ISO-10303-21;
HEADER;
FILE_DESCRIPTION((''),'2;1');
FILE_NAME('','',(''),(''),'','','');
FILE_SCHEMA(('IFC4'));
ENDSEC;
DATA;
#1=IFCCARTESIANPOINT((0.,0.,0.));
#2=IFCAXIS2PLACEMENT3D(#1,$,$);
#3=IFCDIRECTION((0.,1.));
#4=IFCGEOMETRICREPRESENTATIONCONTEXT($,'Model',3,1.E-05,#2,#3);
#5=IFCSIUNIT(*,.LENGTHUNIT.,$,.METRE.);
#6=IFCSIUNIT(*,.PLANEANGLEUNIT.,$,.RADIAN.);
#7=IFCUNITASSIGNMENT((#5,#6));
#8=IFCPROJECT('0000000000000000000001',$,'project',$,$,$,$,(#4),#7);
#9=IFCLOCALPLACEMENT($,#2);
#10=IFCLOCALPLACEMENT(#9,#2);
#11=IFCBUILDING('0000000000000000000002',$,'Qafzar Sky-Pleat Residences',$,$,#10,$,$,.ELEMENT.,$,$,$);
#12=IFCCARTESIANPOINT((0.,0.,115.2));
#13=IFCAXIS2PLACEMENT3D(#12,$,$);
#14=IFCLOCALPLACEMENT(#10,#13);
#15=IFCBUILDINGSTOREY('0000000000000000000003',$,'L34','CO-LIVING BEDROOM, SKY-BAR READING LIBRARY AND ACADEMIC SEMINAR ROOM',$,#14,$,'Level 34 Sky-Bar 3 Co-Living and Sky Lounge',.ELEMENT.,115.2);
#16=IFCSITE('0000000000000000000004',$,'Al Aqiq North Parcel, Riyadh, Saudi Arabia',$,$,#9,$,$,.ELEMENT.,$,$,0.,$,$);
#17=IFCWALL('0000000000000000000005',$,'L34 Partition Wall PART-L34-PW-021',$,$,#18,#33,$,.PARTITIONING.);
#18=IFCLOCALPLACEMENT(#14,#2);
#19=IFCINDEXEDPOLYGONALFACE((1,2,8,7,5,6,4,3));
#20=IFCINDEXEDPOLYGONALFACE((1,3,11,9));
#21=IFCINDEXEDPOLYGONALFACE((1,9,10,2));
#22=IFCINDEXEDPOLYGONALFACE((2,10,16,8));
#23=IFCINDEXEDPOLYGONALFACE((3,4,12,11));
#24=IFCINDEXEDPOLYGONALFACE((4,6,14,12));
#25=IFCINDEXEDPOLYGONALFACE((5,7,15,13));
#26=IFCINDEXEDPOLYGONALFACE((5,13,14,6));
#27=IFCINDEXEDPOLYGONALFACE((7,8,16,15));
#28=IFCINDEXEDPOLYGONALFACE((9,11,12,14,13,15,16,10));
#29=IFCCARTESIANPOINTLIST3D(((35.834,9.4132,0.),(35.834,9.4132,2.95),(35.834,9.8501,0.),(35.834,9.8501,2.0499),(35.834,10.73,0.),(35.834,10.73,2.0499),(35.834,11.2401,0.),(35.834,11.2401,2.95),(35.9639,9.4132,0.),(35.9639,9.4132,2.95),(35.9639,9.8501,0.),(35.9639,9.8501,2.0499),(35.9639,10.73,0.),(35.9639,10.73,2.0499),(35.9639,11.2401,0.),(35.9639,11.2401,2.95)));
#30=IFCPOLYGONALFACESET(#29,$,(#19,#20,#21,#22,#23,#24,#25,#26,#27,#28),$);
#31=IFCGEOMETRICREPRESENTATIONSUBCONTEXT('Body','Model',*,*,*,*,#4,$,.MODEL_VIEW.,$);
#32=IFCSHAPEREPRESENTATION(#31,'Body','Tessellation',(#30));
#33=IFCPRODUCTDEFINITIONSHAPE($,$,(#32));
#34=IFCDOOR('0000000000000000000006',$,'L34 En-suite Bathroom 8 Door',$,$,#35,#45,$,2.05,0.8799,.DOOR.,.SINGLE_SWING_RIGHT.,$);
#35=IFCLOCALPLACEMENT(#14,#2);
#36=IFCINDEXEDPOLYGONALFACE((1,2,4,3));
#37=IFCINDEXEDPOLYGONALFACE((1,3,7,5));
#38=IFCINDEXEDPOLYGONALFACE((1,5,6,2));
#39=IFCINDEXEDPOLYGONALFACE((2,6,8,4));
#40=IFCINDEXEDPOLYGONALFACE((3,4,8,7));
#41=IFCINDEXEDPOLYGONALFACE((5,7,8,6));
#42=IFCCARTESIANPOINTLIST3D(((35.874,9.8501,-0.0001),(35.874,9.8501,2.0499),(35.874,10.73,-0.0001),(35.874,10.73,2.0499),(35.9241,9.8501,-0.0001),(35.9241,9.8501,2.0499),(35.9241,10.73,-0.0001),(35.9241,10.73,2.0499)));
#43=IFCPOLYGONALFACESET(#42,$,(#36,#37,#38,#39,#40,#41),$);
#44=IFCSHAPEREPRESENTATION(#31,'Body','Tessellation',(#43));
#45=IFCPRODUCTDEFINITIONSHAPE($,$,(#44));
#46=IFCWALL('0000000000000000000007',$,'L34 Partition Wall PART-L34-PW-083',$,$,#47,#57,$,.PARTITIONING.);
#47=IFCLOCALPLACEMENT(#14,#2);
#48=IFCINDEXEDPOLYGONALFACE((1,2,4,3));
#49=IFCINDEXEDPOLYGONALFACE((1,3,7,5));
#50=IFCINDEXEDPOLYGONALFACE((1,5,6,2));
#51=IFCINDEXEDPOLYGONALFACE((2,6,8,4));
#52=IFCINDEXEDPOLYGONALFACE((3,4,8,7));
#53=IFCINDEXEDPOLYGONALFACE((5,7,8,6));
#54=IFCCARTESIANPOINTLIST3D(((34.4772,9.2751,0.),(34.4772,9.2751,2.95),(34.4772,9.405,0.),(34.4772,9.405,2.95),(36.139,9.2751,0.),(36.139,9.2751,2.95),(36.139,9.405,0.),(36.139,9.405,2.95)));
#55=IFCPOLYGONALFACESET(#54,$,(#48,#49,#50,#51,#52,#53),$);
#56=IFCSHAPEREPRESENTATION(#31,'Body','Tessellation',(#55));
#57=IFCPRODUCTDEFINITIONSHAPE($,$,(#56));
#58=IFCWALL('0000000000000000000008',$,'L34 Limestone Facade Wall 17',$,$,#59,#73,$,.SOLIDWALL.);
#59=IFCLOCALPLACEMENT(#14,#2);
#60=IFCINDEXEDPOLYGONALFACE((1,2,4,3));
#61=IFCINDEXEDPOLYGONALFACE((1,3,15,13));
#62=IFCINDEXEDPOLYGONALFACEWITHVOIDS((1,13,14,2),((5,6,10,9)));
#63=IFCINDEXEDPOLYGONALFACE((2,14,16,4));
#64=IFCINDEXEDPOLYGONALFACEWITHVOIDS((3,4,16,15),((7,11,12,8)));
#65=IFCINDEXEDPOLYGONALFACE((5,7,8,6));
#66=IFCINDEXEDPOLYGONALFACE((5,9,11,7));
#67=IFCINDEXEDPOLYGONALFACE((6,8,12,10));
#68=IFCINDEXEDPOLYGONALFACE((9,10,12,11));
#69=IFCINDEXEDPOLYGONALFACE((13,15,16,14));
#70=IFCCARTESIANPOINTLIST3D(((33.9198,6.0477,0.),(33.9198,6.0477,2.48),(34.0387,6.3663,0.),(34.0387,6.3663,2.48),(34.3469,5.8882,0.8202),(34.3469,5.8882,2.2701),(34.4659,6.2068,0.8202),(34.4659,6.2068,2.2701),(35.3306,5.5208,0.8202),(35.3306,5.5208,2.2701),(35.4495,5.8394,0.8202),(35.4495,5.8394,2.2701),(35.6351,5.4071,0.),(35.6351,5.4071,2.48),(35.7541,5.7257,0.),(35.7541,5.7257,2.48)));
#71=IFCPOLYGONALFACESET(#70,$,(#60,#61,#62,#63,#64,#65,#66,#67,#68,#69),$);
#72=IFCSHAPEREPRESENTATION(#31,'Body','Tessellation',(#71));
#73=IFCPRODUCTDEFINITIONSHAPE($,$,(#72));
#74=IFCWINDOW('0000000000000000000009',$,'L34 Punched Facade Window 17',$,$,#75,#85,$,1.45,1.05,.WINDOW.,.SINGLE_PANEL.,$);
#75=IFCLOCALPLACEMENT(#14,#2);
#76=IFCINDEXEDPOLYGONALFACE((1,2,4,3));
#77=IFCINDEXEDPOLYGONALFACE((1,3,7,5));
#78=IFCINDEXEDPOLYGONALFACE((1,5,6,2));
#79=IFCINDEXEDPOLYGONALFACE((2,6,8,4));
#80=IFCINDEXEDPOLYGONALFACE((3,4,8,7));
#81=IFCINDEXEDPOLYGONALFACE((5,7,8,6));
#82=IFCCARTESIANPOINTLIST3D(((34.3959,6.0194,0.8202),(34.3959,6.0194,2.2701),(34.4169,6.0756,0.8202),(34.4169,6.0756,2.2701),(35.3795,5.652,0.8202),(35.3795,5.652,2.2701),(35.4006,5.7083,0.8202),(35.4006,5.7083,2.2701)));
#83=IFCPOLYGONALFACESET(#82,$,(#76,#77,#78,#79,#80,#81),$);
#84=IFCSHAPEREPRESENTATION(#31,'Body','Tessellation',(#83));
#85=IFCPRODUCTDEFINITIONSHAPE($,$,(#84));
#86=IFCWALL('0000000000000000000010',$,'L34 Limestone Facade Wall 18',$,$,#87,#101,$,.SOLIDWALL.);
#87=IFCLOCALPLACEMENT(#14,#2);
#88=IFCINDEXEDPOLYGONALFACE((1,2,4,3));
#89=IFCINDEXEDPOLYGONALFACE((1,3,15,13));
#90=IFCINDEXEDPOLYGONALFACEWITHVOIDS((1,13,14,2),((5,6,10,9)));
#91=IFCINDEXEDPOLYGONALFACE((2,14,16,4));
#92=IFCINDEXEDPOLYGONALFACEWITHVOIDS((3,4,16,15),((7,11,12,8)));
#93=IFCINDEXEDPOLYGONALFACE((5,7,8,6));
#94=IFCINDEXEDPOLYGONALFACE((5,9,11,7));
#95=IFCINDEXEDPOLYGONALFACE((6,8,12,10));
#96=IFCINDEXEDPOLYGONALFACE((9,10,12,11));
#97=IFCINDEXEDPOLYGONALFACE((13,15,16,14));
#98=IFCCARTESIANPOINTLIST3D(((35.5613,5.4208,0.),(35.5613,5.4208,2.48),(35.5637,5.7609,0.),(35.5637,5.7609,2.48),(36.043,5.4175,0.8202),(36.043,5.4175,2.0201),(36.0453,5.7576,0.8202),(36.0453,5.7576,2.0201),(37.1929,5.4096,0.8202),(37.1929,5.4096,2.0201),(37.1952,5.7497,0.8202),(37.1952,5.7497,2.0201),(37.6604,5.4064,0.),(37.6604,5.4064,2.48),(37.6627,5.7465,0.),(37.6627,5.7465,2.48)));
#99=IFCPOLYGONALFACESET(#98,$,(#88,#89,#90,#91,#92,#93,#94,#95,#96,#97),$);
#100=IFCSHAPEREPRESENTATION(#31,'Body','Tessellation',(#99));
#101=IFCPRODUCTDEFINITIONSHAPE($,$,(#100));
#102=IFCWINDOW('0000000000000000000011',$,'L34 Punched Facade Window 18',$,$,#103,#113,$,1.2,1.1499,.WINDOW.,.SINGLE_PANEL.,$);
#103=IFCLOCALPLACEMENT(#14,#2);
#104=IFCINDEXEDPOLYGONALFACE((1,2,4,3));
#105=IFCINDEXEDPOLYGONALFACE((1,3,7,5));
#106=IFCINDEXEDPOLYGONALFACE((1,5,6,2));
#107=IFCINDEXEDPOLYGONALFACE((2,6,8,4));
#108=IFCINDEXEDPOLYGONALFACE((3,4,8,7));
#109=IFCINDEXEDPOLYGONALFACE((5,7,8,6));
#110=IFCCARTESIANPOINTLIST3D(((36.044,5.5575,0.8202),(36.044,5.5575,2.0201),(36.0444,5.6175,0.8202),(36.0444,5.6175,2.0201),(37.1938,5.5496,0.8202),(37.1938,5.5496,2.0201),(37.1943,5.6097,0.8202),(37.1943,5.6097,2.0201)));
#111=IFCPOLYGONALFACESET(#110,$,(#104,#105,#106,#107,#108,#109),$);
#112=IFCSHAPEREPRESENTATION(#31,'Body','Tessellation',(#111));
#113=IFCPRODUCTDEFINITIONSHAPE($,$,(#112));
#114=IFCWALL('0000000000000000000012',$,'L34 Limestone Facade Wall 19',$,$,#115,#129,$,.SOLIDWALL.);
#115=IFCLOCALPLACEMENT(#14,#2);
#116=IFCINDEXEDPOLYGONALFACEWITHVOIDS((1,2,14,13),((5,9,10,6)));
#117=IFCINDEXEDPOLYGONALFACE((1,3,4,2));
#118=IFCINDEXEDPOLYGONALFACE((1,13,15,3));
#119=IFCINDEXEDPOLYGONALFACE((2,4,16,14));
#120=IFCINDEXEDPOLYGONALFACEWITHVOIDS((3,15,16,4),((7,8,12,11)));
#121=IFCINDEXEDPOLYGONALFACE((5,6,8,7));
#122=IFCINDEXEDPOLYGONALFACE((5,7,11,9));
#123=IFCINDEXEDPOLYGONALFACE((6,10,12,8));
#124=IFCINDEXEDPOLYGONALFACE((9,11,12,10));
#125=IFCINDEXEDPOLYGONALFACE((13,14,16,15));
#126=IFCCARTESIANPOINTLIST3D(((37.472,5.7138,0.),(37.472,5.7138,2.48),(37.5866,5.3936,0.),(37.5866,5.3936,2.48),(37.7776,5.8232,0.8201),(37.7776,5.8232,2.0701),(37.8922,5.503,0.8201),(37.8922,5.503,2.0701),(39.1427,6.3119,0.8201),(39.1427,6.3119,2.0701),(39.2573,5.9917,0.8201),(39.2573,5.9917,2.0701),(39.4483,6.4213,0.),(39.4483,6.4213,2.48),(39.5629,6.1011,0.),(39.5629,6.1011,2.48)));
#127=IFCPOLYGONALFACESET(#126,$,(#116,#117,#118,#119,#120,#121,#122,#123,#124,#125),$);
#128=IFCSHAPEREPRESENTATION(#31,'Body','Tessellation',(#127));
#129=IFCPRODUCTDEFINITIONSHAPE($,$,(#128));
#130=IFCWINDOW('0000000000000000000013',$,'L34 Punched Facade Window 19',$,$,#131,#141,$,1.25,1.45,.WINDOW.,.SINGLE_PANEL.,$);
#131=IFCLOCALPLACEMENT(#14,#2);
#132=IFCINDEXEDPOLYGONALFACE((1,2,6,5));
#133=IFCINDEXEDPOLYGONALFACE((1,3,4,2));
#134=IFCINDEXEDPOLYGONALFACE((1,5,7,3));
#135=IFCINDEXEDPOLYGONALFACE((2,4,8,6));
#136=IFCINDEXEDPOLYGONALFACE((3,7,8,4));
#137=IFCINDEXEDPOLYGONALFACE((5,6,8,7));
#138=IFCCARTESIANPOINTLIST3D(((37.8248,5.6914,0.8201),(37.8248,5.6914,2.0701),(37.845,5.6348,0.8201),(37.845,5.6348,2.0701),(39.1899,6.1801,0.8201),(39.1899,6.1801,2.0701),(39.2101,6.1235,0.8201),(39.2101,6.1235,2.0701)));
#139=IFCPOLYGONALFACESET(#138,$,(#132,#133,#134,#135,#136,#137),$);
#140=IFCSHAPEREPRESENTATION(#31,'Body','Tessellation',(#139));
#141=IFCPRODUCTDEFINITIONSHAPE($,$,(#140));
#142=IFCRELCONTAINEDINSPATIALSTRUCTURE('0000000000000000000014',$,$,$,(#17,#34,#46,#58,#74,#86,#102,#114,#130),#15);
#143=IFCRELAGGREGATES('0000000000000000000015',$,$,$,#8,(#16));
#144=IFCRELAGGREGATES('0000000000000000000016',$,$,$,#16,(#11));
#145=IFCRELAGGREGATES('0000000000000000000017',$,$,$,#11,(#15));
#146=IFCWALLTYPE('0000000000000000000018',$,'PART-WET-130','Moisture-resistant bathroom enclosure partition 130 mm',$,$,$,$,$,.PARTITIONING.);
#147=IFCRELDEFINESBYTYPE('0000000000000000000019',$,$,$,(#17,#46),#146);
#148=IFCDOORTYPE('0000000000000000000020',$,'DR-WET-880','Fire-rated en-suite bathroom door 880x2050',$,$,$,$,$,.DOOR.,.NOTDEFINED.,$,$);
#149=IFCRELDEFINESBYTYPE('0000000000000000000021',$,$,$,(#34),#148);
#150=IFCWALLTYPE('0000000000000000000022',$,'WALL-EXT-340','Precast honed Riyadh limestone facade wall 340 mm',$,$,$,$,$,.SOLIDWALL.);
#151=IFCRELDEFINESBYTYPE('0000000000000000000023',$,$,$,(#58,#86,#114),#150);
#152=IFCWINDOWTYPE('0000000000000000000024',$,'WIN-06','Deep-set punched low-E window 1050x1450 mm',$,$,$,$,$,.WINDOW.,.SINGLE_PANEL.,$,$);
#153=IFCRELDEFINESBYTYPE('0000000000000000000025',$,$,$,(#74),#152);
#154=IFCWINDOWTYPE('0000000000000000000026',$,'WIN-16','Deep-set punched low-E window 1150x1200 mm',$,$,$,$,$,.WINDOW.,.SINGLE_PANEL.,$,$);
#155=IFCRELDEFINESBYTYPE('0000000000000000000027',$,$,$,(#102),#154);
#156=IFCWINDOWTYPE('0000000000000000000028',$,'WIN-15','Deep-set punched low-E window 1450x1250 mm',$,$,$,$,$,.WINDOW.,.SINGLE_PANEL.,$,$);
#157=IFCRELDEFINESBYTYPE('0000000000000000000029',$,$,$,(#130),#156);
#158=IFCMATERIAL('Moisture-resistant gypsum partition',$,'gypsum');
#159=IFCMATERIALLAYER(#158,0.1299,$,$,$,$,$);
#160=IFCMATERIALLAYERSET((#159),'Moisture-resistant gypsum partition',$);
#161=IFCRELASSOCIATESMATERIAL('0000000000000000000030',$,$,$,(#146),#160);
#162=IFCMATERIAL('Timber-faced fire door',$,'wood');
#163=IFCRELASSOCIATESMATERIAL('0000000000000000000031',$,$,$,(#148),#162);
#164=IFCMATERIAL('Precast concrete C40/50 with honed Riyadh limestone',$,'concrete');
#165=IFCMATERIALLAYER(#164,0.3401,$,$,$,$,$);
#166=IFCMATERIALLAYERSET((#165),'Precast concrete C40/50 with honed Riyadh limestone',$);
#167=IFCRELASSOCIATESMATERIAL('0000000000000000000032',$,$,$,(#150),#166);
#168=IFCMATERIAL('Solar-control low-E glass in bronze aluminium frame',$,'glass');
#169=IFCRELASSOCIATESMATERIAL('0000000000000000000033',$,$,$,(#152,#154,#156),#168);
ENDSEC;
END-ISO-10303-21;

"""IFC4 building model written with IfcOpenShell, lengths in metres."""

from ifc_helpers import new_model, si_unit, direction, frame, frame_2d, origin, place, context, subcontext, project, spatial, rectangle, extrude, source, transform, mapped, material, layer, layer_set, type_object, element, fill, save


model = new_model("IFC4")

# Units and contexts
model_context = context("Model", 3, precision=1e-05, world=origin(), true_north=direction((0.0, 1.0)))
body_context = subcontext(model_context, "Body", "Model", "MODEL_VIEW")
ifc_project = project(units=[si_unit("LENGTHUNIT", "METRE"), si_unit("PLANEANGLEUNIT", "RADIAN")], contexts=[model_context])

# Site, building, storey
site_placement = place(None, origin())
site = spatial("IfcSite", under=ifc_project, at=site_placement, Name="Al Aqiq North Parcel, Riyadh, Saudi Arabia", CompositionType="ELEMENT", RefElevation=0.0)
building_placement = place(site_placement, origin())
building = spatial("IfcBuilding", under=site, at=building_placement, Name="Qafzar Sky-Pleat Residences", CompositionType="ELEMENT")
storey_placement = place(building_placement, frame((0.0, 0.0, 115.2)))
storey = spatial("IfcBuildingStorey", under=building, at=storey_placement, Name="L34", Description="CO-LIVING BEDROOM, SKY-BAR READING LIBRARY AND ACADEMIC SEMINAR ROOM", LongName="Level 34 Sky-Bar 3 Co-Living and Sky Lounge", CompositionType="ELEMENT", Elevation=115.2)

# Wall, opening, door
ifc_material_1 = material(Name="Moisture-resistant gypsum partition", Category="gypsum")
ifc_layer_1 = layer(ifc_material_1, 0.1299)
ifc_layer_set_1 = layer_set([ifc_layer_1], Name="Moisture-resistant gypsum partition")
wall_type_1 = type_object("IfcWallType", Name="PART-WET-130", Description="Moisture-resistant bathroom enclosure partition 130 mm", PredefinedType="PARTITIONING", material=ifc_layer_set_1)
wall_1_placement = place(storey_placement, frame((35.8989, 9.4131, 0.0), z_axis=(0.0, 0.0, 1.0), x_axis=(0.0, 1.0, 0.0)))
wall_1 = element("IfcWall", 1, at=wall_1_placement, inside=storey, type_object=wall_type_1, Name="L34 Partition Wall PART-L34-PW-021", PredefinedType="PARTITIONING", context=body_context, shape_type="SweptSolid", body=[
    extrude(rectangle(XDim=1.8269, YDim=0.1299, at=frame_2d((0.9136, 0.0))), origin(), (0.0, 0.0, 1.0), 2.95),
])
opening_1_placement = place(wall_1_placement, frame((0.437, 0.0, 0.0)))
opening_1 = element("IfcOpeningElement", 2, at=opening_1_placement, cuts=wall_1, PredefinedType="OPENING", context=body_context, shape_type="SweptSolid", body=[
    extrude(rectangle(XDim=0.8799, YDim=2.05, at=frame_2d((0.4399, 1.0249))), frame((0.0, 0.075, 0.0), z_axis=(0.0, -1.0, 0.0), x_axis=(1.0, 0.0, 0.0)), (0.0, 0.0, 1.0), 0.1499),
])
ifc_material_2 = material(Name="Timber-faced fire door", Category="wood")
door_type = type_object("IfcDoorType", Name="DR-WET-880", Description="Fire-rated en-suite bathroom door 880x2050", OperationType="NOTDEFINED", PredefinedType="DOOR", material=ifc_material_2)
shared_shape_1 = source(origin(), body_context, "Body", "SweptSolid", [
    extrude(rectangle(XDim=0.8799, YDim=2.05, at=frame_2d((0.4399, 1.0249))), frame((0.0, 0.0249, 0.0), z_axis=(0.0, -1.0, 0.0), x_axis=(1.0, 0.0, 0.0)), (0.0, 0.0, 1.0), 0.05),
])
door_placement = place(opening_1_placement, origin())
door = element("IfcDoor", 3, at=door_placement, inside=storey, type_object=door_type, Name="L34 En-suite Bathroom 8 Door", OperationType="SINGLE_SWING_RIGHT", OverallHeight=2.05, OverallWidth=0.8799, PredefinedType="DOOR", context=body_context, shape_type="MappedRepresentation", body=[
    mapped(shared_shape_1, transform((0.0, 0.0, 0.0), x_axis=(1.0, 0.0, 0.0), y_axis=(0.0, 1.0, 0.0), z_axis=(0.0, 0.0, 1.0), scale=1.0)),
])
fill(opening_1, door)

# Wall
wall_2_placement = place(storey_placement, frame((34.4771, 9.3401, 0.0), z_axis=(0.0, 0.0, 1.0), x_axis=(1.0, 0.0, 0.0)))
element("IfcWall", 4, at=wall_2_placement, inside=storey, type_object=wall_type_1, Name="L34 Partition Wall PART-L34-PW-083", PredefinedType="PARTITIONING", context=body_context, shape_type="SweptSolid", body=[
    extrude(rectangle(XDim=1.6619, YDim=0.1299, at=frame_2d((0.8311, 0.0))), origin(), (0.0, 0.0, 1.0), 2.95),
])

# Walls, openings, windows
ifc_material_3 = material(Name="Precast concrete C40/50 with honed Riyadh limestone", Category="concrete")
ifc_layer_2 = layer(ifc_material_3, 0.3401)
ifc_layer_set_2 = layer_set([ifc_layer_2], Name="Precast concrete C40/50 with honed Riyadh limestone")
wall_type_2 = type_object("IfcWallType", Name="WALL-EXT-340", Description="Precast honed Riyadh limestone facade wall 340 mm", PredefinedType="SOLIDWALL", material=ifc_layer_set_2)
wall_3_placement = place(storey_placement, frame((33.9792, 6.207, 0.0), z_axis=(0.0, 0.0, 1.0), x_axis=(0.9368, -0.349867, 0.0)))
wall_3 = element("IfcWall", 5, at=wall_3_placement, inside=storey, type_object=wall_type_2, Name="L34 Limestone Facade Wall 17", PredefinedType="SOLIDWALL", context=body_context, shape_type="SweptSolid", body=[
    extrude(rectangle(XDim=1.8311, YDim=0.3401, at=frame_2d((0.9155, 0.0))), origin(), (0.0, 0.0, 1.0), 2.48),
])
opening_2_placement = place(wall_3_placement, frame((0.4561, 0.0, 0.8201)))
opening_2 = element("IfcOpeningElement", 6, at=opening_2_placement, cuts=wall_3, PredefinedType="OPENING", context=body_context, shape_type="SweptSolid", body=[
    extrude(rectangle(XDim=1.05, YDim=1.45, at=frame_2d((0.5249, 0.7251))), frame((0.0, 0.1802, 0.0), z_axis=(0.0, -1.0, 0.0), x_axis=(1.0, 0.0, 0.0)), (0.0, 0.0, 1.0), 0.3601),
])
ifc_material_4 = material(Name="Solar-control low-E glass in bronze aluminium frame", Category="glass")
window_type_1 = type_object("IfcWindowType", Name="WIN-06", Description="Deep-set punched low-E window 1050x1450 mm", PartitioningType="SINGLE_PANEL", PredefinedType="WINDOW", material=ifc_material_4)
shared_shape_2 = source(origin(), body_context, "Body", "SweptSolid", [
    extrude(rectangle(XDim=1.05, YDim=1.45, at=frame_2d((0.5249, 0.7251))), frame((0.0, 0.03, 0.0), z_axis=(0.0, -1.0, 0.0), x_axis=(1.0, 0.0, 0.0)), (0.0, 0.0, 1.0), 0.0601),
])
window_1_placement = place(opening_2_placement, origin())
window_1 = element("IfcWindow", 7, at=window_1_placement, inside=storey, type_object=window_type_1, Name="L34 Punched Facade Window 17", OverallHeight=1.45, OverallWidth=1.05, PartitioningType="SINGLE_PANEL", PredefinedType="WINDOW", context=body_context, shape_type="MappedRepresentation", body=[
    mapped(shared_shape_2, transform((0.0, 0.0, 0.0), x_axis=(1.0, 0.0, 0.0), y_axis=(0.0, 1.0, 0.0), z_axis=(0.0, 0.0, 1.0), scale=1.0)),
])
fill(opening_2, window_1)
wall_4_placement = place(storey_placement, frame((35.5625, 5.5908, 0.0), z_axis=(0.0, 0.0, 1.0), x_axis=(0.999976, -0.006862, 0.0)))
wall_4 = element("IfcWall", 8, at=wall_4_placement, inside=storey, type_object=wall_type_2, Name="L34 Limestone Facade Wall 18", PredefinedType="SOLIDWALL", context=body_context, shape_type="SweptSolid", body=[
    extrude(rectangle(XDim=2.0991, YDim=0.3401, at=frame_2d((1.0496, 0.0))), origin(), (0.0, 0.0, 1.0), 2.48),
])
opening_3_placement = place(wall_4_placement, frame((0.4817, 0.0, 0.8201)))
opening_3 = element("IfcOpeningElement", 9, at=opening_3_placement, cuts=wall_4, PredefinedType="OPENING", context=body_context, shape_type="SweptSolid", body=[
    extrude(rectangle(XDim=1.1499, YDim=1.2, at=frame_2d((0.575, 0.6001))), frame((0.0, 0.1802, 0.0), z_axis=(0.0, -1.0, 0.0), x_axis=(1.0, 0.0, 0.0)), (0.0, 0.0, 1.0), 0.3601),
])
window_type_2 = type_object("IfcWindowType", Name="WIN-16", Description="Deep-set punched low-E window 1150x1200 mm", PartitioningType="SINGLE_PANEL", PredefinedType="WINDOW", material=ifc_material_4)
shared_shape_3 = source(origin(), body_context, "Body", "SweptSolid", [
    extrude(rectangle(XDim=1.1499, YDim=1.2, at=frame_2d((0.575, 0.6001))), frame((0.0, 0.03, 0.0), z_axis=(0.0, -1.0, 0.0), x_axis=(1.0, 0.0, 0.0)), (0.0, 0.0, 1.0), 0.0601),
])
window_2_placement = place(opening_3_placement, origin())
window_2 = element("IfcWindow", 10, at=window_2_placement, inside=storey, type_object=window_type_2, Name="L34 Punched Facade Window 18", OverallHeight=1.2, OverallWidth=1.1499, PartitioningType="SINGLE_PANEL", PredefinedType="WINDOW", context=body_context, shape_type="MappedRepresentation", body=[
    mapped(shared_shape_3, transform((0.0, 0.0, 0.0), x_axis=(1.0, 0.0, 0.0), y_axis=(0.0, 1.0, 0.0), z_axis=(0.0, 0.0, 1.0), scale=1.0)),
])
fill(opening_3, window_2)
wall_5_placement = place(storey_placement, frame((37.5293, 5.5537, 0.0), z_axis=(0.0, 0.0, 1.0), x_axis=(0.941486, 0.337051, 0.0)))
wall_5 = element("IfcWall", 11, at=wall_5_placement, inside=storey, type_object=wall_type_2, Name="L34 Limestone Facade Wall 19", PredefinedType="SOLIDWALL", context=body_context, shape_type="SweptSolid", body=[
    extrude(rectangle(XDim=2.0991, YDim=0.3401, at=frame_2d((1.0496, 0.0))), origin(), (0.0, 0.0, 1.0), 2.48),
])
opening_4_placement = place(wall_5_placement, frame((0.3245, 0.0, 0.8201)))
opening_4 = element("IfcOpeningElement", 12, at=opening_4_placement, cuts=wall_5, PredefinedType="OPENING", context=body_context, shape_type="SweptSolid", body=[
    extrude(rectangle(XDim=1.45, YDim=1.25, at=frame_2d((0.7251, 0.625))), frame((0.0, 0.1802, 0.0), z_axis=(0.0, -1.0, 0.0), x_axis=(1.0, 0.0, 0.0)), (0.0, 0.0, 1.0), 0.3601),
])
window_type_3 = type_object("IfcWindowType", Name="WIN-15", Description="Deep-set punched low-E window 1450x1250 mm", PartitioningType="SINGLE_PANEL", PredefinedType="WINDOW", material=ifc_material_4)
shared_shape_4 = source(origin(), body_context, "Body", "SweptSolid", [
    extrude(rectangle(XDim=1.45, YDim=1.25, at=frame_2d((0.7251, 0.625))), frame((0.0, 0.03, 0.0), z_axis=(0.0, -1.0, 0.0), x_axis=(1.0, 0.0, 0.0)), (0.0, 0.0, 1.0), 0.0601),
])
window_3_placement = place(opening_4_placement, origin())
window_3 = element("IfcWindow", 13, at=window_3_placement, inside=storey, type_object=window_type_3, Name="L34 Punched Facade Window 19", OverallHeight=1.25, OverallWidth=1.45, PartitioningType="SINGLE_PANEL", PredefinedType="WINDOW", context=body_context, shape_type="MappedRepresentation", body=[
    mapped(shared_shape_4, transform((0.0, 0.0, 0.0), x_axis=(1.0, 0.0, 0.0), y_axis=(0.0, 1.0, 0.0), z_axis=(0.0, 0.0, 1.0), scale=1.0)),
])
fill(opening_4, window_3)

save(model, "model.ifc")
